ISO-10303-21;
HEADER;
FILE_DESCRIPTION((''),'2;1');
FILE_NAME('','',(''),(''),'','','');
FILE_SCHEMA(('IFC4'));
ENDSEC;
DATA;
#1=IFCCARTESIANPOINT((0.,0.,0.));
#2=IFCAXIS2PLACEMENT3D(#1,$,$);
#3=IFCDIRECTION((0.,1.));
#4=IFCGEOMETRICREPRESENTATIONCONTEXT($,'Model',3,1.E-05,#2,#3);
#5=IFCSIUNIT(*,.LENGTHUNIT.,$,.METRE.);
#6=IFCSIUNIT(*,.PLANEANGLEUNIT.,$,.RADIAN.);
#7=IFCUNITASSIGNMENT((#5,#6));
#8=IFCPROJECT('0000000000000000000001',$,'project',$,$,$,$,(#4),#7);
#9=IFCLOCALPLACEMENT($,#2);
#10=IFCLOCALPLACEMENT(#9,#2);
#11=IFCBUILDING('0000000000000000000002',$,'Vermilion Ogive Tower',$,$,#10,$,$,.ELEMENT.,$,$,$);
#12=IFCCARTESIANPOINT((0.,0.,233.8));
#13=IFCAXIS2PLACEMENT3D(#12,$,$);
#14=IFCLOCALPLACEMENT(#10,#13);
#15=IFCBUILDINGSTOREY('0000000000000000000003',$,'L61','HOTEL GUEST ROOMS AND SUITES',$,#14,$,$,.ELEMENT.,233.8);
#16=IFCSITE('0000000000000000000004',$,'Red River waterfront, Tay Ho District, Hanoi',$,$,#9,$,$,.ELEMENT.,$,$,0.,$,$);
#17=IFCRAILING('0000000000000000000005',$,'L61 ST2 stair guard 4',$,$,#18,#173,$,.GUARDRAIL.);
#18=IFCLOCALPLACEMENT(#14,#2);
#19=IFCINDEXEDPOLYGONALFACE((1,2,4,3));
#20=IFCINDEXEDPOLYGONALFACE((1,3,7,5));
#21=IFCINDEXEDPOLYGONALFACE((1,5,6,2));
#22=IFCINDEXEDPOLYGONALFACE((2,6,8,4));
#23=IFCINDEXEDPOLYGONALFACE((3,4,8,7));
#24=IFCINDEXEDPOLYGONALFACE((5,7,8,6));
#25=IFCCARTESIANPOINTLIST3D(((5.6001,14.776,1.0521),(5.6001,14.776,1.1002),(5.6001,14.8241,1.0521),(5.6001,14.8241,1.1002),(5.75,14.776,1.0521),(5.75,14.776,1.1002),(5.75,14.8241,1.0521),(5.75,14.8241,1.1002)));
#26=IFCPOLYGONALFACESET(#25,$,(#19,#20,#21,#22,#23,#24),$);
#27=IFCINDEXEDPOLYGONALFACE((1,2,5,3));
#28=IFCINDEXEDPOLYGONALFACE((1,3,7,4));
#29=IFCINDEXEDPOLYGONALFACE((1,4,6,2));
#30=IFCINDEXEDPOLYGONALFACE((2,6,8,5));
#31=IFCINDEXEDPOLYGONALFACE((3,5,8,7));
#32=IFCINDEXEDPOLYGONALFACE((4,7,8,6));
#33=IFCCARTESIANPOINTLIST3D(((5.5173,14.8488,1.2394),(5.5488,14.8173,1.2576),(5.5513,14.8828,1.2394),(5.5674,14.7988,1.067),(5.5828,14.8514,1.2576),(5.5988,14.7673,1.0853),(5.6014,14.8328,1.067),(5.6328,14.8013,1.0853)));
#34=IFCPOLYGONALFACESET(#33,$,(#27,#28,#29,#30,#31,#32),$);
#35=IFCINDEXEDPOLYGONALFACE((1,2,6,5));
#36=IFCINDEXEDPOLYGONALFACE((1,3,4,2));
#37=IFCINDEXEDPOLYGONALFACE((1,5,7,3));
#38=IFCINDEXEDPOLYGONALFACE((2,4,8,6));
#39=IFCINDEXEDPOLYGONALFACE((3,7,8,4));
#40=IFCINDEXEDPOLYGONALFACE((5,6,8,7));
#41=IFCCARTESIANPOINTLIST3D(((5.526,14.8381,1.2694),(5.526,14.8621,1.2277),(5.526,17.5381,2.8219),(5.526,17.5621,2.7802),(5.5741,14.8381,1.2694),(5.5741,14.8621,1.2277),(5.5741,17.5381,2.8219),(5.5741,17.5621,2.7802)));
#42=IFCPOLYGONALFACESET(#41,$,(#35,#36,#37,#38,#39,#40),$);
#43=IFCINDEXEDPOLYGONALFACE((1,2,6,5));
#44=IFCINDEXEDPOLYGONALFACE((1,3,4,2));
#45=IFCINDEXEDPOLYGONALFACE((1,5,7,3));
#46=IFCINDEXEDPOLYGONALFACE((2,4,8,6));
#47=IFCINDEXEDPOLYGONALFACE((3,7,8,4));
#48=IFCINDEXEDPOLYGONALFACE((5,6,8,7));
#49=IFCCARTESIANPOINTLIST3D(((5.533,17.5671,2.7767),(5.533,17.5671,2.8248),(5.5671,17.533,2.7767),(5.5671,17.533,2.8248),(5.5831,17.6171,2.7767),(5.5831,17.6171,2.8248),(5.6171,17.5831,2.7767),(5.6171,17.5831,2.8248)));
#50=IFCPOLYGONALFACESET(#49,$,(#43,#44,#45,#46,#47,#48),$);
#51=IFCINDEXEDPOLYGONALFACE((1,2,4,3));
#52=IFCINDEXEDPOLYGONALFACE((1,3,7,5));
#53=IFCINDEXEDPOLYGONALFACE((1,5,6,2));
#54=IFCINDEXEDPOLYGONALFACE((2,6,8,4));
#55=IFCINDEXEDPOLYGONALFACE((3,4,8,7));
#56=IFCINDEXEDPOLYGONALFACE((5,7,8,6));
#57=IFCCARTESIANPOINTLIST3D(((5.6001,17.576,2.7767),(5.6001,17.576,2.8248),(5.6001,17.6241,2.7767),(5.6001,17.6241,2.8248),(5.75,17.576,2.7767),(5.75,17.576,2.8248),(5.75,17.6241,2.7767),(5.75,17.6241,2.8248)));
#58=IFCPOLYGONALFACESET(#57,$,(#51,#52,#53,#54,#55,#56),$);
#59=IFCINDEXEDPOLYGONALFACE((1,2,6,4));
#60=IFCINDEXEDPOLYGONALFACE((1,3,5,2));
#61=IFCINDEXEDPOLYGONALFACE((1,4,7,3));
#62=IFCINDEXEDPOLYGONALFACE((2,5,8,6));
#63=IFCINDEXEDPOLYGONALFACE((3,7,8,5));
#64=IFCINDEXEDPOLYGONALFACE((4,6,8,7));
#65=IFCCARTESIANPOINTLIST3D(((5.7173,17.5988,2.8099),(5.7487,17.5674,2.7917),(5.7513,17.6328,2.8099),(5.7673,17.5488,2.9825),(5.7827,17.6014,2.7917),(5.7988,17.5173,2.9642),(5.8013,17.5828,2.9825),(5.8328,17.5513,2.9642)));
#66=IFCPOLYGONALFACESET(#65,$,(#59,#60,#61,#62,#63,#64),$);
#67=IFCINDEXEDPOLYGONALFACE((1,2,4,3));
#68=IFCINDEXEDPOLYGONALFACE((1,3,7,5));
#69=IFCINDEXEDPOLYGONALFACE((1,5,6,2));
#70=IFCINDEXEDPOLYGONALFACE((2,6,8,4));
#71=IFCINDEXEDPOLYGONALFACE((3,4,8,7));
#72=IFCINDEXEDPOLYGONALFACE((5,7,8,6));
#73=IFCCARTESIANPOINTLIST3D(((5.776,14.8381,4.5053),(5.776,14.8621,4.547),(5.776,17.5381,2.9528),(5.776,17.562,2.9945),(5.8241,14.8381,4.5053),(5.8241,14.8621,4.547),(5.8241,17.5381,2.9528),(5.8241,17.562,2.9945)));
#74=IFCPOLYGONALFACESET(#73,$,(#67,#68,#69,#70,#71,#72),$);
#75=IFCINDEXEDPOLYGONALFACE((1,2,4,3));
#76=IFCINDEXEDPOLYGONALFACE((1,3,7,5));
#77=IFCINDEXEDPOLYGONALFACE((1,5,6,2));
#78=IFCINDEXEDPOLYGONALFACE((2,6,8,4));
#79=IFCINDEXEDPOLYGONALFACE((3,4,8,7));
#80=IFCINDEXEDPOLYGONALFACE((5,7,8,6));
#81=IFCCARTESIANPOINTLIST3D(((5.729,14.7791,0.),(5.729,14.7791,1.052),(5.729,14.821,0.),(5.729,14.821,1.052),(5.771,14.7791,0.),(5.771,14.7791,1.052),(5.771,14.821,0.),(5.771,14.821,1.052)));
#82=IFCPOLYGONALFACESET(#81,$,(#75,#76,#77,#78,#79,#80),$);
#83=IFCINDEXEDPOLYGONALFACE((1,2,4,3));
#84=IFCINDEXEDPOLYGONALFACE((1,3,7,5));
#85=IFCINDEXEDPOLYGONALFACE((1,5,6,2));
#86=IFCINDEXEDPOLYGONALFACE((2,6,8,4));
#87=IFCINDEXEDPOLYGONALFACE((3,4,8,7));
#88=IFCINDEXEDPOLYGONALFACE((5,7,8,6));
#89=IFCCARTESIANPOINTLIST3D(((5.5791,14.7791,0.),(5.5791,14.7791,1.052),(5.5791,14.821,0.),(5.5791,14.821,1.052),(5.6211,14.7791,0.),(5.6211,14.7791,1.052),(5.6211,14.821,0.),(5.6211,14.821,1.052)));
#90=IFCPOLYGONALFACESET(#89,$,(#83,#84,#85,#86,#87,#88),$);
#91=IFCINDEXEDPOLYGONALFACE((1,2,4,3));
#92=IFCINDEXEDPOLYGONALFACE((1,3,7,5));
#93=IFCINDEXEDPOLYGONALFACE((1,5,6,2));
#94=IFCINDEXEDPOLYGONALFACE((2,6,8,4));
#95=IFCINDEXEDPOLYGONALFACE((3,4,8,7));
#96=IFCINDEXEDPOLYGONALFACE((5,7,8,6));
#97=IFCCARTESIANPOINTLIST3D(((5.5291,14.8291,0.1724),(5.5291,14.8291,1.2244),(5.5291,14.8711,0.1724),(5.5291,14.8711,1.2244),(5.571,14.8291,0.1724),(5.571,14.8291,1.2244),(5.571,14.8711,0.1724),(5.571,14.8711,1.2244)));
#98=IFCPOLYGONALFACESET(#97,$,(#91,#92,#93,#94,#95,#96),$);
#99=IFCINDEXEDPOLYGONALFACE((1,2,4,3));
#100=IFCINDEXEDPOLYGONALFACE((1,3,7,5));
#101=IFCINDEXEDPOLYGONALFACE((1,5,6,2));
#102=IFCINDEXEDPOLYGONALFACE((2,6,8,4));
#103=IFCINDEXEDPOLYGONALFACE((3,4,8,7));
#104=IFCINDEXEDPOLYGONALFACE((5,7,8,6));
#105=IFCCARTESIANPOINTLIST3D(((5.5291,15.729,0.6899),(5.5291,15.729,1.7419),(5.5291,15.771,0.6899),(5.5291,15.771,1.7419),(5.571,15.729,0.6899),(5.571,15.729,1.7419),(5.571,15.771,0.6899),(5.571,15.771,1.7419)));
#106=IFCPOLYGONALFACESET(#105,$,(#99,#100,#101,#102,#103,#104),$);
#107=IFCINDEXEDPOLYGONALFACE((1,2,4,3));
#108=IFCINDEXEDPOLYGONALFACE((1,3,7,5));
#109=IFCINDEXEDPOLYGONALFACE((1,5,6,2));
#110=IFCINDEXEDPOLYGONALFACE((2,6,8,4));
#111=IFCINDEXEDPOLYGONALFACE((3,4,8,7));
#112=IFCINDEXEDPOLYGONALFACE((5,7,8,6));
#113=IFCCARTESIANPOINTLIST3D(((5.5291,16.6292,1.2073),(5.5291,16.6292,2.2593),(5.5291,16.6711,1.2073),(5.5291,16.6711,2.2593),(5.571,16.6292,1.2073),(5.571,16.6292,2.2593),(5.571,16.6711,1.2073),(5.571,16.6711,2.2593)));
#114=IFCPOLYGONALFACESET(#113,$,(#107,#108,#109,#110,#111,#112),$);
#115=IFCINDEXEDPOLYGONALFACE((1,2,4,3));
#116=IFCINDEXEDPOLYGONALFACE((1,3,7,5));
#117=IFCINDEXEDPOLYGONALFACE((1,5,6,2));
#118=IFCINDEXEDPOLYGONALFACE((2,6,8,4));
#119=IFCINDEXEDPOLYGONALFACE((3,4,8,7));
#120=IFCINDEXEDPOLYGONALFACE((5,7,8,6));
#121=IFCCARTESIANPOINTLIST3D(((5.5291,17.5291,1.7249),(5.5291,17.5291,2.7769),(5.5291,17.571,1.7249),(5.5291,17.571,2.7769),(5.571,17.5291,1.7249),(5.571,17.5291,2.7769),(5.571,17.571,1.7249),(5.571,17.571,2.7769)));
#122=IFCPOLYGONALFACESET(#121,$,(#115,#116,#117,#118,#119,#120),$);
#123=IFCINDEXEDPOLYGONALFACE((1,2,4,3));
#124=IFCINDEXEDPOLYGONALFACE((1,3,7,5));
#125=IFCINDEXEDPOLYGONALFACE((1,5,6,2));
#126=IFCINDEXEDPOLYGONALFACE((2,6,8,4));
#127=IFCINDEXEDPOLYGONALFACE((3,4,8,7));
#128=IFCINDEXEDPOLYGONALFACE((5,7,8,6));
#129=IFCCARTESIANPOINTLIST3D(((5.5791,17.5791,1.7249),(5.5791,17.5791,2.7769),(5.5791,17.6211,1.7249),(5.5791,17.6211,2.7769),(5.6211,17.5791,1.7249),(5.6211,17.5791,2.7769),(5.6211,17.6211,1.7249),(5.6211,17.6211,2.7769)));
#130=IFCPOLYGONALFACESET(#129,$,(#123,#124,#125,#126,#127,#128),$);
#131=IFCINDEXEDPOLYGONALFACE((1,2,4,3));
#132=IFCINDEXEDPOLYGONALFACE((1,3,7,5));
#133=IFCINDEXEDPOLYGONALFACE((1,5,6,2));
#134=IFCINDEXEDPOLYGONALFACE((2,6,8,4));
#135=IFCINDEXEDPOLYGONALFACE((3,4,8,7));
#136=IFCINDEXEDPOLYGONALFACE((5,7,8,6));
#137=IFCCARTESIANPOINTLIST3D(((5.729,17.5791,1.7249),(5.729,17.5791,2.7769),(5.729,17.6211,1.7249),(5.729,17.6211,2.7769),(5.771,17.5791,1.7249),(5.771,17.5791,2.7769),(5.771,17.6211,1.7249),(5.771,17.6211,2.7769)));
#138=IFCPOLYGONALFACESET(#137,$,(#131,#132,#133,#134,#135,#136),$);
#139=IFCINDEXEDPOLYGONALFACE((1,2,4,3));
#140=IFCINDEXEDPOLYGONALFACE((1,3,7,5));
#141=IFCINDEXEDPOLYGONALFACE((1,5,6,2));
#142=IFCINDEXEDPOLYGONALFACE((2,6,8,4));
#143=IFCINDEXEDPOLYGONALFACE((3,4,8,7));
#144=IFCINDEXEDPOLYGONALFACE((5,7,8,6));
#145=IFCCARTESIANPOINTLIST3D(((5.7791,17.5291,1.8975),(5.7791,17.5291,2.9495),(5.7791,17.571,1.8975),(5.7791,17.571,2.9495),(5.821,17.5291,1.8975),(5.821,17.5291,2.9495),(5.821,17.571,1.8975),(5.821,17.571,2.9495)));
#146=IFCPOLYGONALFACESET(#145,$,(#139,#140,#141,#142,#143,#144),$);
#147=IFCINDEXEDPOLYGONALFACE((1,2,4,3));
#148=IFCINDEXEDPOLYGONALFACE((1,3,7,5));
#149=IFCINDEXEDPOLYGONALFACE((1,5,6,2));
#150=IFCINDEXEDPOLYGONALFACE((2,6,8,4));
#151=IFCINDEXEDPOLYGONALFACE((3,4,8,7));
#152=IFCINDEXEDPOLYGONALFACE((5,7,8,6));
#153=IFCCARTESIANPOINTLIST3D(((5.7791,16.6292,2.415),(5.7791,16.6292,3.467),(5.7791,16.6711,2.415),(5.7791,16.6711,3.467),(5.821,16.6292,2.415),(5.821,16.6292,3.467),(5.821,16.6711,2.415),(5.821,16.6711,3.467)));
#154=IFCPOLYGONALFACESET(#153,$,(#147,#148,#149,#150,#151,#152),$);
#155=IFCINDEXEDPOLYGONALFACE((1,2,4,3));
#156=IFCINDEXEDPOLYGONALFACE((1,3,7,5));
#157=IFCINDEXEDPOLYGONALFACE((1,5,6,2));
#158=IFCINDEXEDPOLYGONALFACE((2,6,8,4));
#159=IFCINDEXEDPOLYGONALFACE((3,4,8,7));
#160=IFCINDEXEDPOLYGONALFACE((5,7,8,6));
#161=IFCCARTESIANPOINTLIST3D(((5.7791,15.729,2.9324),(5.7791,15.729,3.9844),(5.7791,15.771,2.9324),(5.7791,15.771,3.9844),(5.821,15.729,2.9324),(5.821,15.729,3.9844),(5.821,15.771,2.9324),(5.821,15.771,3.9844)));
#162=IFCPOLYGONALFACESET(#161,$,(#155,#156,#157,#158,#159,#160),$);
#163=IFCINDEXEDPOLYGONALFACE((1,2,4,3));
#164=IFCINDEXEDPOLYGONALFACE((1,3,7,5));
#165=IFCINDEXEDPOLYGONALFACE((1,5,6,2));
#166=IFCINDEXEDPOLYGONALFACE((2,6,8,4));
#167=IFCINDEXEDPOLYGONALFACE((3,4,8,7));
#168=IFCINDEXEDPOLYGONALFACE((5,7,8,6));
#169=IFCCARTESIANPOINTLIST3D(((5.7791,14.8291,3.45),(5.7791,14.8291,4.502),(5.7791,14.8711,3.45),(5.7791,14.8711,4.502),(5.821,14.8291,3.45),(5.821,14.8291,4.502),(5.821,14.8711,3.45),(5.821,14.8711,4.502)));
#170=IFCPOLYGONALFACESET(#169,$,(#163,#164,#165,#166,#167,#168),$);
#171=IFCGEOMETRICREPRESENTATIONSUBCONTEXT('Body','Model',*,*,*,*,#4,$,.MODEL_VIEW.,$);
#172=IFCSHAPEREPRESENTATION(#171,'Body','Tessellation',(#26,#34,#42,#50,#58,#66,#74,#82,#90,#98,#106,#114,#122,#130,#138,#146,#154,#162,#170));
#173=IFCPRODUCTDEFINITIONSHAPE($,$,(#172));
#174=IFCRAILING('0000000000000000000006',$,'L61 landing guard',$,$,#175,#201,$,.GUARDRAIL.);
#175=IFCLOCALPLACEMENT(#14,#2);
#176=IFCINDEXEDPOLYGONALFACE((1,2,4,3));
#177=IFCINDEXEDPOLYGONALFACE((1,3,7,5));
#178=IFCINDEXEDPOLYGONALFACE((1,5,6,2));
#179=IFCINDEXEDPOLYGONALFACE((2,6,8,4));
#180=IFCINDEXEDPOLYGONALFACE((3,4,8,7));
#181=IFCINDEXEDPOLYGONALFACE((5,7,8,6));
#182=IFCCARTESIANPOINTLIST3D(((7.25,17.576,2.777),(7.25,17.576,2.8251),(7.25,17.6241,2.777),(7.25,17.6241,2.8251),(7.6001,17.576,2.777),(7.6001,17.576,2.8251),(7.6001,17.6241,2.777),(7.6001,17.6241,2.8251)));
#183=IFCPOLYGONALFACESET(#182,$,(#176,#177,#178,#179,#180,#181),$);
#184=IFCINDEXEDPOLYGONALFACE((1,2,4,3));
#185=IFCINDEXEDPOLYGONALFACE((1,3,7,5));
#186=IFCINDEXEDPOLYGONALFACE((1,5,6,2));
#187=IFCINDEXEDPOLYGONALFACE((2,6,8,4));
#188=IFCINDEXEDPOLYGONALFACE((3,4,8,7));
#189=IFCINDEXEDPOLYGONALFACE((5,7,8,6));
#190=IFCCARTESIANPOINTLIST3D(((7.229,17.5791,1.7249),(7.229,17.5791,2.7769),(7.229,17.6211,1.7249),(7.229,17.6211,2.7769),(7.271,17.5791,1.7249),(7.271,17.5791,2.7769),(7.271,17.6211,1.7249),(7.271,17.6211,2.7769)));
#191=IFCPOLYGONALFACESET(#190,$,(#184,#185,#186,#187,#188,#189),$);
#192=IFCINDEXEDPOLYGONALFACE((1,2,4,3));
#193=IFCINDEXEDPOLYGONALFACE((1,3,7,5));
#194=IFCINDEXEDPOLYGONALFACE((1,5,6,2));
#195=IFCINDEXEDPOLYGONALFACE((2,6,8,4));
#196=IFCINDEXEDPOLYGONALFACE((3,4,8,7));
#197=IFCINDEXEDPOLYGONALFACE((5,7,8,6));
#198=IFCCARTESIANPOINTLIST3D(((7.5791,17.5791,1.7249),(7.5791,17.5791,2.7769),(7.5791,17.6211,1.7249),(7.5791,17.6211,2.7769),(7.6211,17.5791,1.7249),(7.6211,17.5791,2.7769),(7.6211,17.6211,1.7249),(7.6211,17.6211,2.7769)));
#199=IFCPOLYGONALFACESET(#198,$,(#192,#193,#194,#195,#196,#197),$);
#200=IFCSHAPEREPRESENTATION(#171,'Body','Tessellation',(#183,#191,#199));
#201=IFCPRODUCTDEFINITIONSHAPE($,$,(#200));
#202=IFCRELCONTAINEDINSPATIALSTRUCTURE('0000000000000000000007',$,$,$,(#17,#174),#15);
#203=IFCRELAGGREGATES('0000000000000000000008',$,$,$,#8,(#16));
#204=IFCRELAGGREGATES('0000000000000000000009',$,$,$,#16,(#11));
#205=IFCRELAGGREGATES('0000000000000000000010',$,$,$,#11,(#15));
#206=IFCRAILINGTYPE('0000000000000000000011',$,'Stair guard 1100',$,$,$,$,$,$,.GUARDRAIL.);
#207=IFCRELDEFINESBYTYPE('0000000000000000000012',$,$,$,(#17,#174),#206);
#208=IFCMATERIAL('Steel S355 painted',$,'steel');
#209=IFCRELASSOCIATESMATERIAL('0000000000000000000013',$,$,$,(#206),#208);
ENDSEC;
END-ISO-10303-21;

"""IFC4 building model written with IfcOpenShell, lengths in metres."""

from ifc_helpers import new_model, si_unit, direction, frame, origin, origin_2d, place, context, subcontext, project, spatial, rectangle, extrude, material, type_object, element, save


model = new_model("IFC4")

# Units and contexts
model_context = context("Model", 3, precision=1e-05, world=origin(), true_north=direction((0.0, 1.0)))
body_context = subcontext(model_context, "Body", "Model", "MODEL_VIEW")
ifc_project = project(units=[si_unit("LENGTHUNIT", "METRE"), si_unit("PLANEANGLEUNIT", "RADIAN")], contexts=[model_context])

# Site, building, storey
site_placement = place(None, origin())
site = spatial("IfcSite", under=ifc_project, at=site_placement, Name="Red River waterfront, Tay Ho District, Hanoi", CompositionType="ELEMENT", RefElevation=0.0)
building_placement = place(site_placement, origin())
building = spatial("IfcBuilding", under=site, at=building_placement, Name="Vermilion Ogive Tower", CompositionType="ELEMENT")
storey_placement = place(building_placement, frame((0.0, 0.0, 233.8)))
storey = spatial("IfcBuildingStorey", under=building, at=storey_placement, Name="L61", Description="HOTEL GUEST ROOMS AND SUITES", CompositionType="ELEMENT", Elevation=233.8)

# Railings
ifc_material_1 = material(Name="Steel S355 painted", Category="steel")
railing_type_1 = type_object("IfcRailingType", Name="Stair guard 1100", PredefinedType="GUARDRAIL", material=ifc_material_1)
railing_1_placement = place(storey_placement, frame((5.75, 14.8, 0.0)))
element("IfcRailing", 1, at=railing_1_placement, inside=storey, type_object=railing_type_1, Name="L61 ST2 stair guard 4", PredefinedType="GUARDRAIL", context=body_context, shape_type="SweptSolid", body=[
    extrude(rectangle(XDim=0.0481, YDim=0.0481, at=origin_2d()), frame((0.0, 0.0, 1.0762), z_axis=(-1.0, 0.0, 0.0), x_axis=(0.0, -1.0, 0.0)), (0.0, 0.0, 1.0), 0.1499),
    extrude(rectangle(XDim=0.0481, YDim=0.0481, at=origin_2d()), frame((-0.1499, 0.0, 1.0762), z_axis=(-0.268603, 0.268603, 0.925043), x_axis=(-0.707107, -0.707107, 0.0)), (0.0, 0.0, 1.0), 0.1863),
    extrude(rectangle(XDim=0.0481, YDim=0.0481, at=origin_2d()), frame((-0.2, 0.05, 1.2485), z_axis=(0.0, 0.866904, 0.498476), x_axis=(-1.0, 0.0, 0.0)), (0.0, 0.0, 1.0), 3.1145),
    extrude(rectangle(XDim=0.0481, YDim=0.0481, at=origin_2d()), frame((-0.2, 2.75, 2.8008), z_axis=(0.707107, 0.707107, 0.0), x_axis=(-0.707107, 0.707107, 0.0)), (0.0, 0.0, 1.0), 0.0708),
    extrude(rectangle(XDim=0.0481, YDim=0.0481, at=origin_2d()), frame((-0.1499, 2.8, 2.8008), z_axis=(1.0, 0.0, 0.0), x_axis=(0.0, 1.0, 0.0)), (0.0, 0.0, 1.0), 0.1499),
    extrude(rectangle(XDim=0.0481, YDim=0.0481, at=origin_2d()), frame((0.0, 2.8, 2.8008), z_axis=(0.268278, -0.268278, 0.925232), x_axis=(0.707107, 0.707107, 0.0)), (0.0, 0.0, 1.0), 0.1865),
    extrude(rectangle(XDim=0.0481, YDim=0.0481, at=origin_2d()), frame((0.05, 2.75, 2.9736), z_axis=(0.0, -0.866904, 0.498476), x_axis=(1.0, 0.0, 0.0)), (0.0, 0.0, 1.0), 3.1145),
    extrude(rectangle(XDim=0.042, YDim=0.042, at=origin_2d()), origin(), (0.0, 0.0, 1.0), 1.052),
    extrude(rectangle(XDim=0.042, YDim=0.042, at=origin_2d()), frame((-0.1499, 0.0, 0.0)), (0.0, 0.0, 1.0), 1.052),
    extrude(rectangle(XDim=0.042, YDim=0.042, at=origin_2d()), frame((-0.2, 0.05, 0.1724)), (0.0, 0.0, 1.0), 1.052),
    extrude(rectangle(XDim=0.042, YDim=0.042, at=origin_2d()), frame((-0.2, 0.95, 0.6899)), (0.0, 0.0, 1.0), 1.052),
    extrude(rectangle(XDim=0.042, YDim=0.042, at=origin_2d()), frame((-0.2, 1.8501, 1.2073)), (0.0, 0.0, 1.0), 1.052),
    extrude(rectangle(XDim=0.042, YDim=0.042, at=origin_2d()), frame((-0.2, 2.75, 1.7249)), (0.0, 0.0, 1.0), 1.052),
    extrude(rectangle(XDim=0.042, YDim=0.042, at=origin_2d()), frame((-0.1499, 2.8, 1.7249)), (0.0, 0.0, 1.0), 1.052),
    extrude(rectangle(XDim=0.042, YDim=0.042, at=origin_2d()), frame((0.0, 2.8, 1.7249)), (0.0, 0.0, 1.0), 1.052),
    extrude(rectangle(XDim=0.042, YDim=0.042, at=origin_2d()), frame((0.05, 2.75, 1.8975)), (0.0, 0.0, 1.0), 1.052),
    extrude(rectangle(XDim=0.042, YDim=0.042, at=origin_2d()), frame((0.05, 1.8501, 2.415)), (0.0, 0.0, 1.0), 1.052),
    extrude(rectangle(XDim=0.042, YDim=0.042, at=origin_2d()), frame((0.05, 0.95, 2.9324)), (0.0, 0.0, 1.0), 1.052),
    extrude(rectangle(XDim=0.042, YDim=0.042, at=origin_2d()), frame((0.05, 0.05, 3.45)), (0.0, 0.0, 1.0), 1.052),
])
railing_2_placement = place(storey_placement, frame((7.25, 17.6001, 1.7249)))
element("IfcRailing", 2, at=railing_2_placement, inside=storey, type_object=railing_type_1, Name="L61 landing guard", PredefinedType="GUARDRAIL", context=body_context, shape_type="SweptSolid", body=[
    extrude(rectangle(XDim=0.0481, YDim=0.0481, at=origin_2d()), frame((0.0, 0.0, 1.0762), z_axis=(1.0, 0.0, 0.0), x_axis=(0.0, 1.0, 0.0)), (0.0, 0.0, 1.0), 0.3501),
    extrude(rectangle(XDim=0.042, YDim=0.042, at=origin_2d()), origin(), (0.0, 0.0, 1.0), 1.052),
    extrude(rectangle(XDim=0.042, YDim=0.042, at=origin_2d()), frame((0.3501, 0.0, 0.0)), (0.0, 0.0, 1.0), 1.052),
])

save(model, "model.ifc")
